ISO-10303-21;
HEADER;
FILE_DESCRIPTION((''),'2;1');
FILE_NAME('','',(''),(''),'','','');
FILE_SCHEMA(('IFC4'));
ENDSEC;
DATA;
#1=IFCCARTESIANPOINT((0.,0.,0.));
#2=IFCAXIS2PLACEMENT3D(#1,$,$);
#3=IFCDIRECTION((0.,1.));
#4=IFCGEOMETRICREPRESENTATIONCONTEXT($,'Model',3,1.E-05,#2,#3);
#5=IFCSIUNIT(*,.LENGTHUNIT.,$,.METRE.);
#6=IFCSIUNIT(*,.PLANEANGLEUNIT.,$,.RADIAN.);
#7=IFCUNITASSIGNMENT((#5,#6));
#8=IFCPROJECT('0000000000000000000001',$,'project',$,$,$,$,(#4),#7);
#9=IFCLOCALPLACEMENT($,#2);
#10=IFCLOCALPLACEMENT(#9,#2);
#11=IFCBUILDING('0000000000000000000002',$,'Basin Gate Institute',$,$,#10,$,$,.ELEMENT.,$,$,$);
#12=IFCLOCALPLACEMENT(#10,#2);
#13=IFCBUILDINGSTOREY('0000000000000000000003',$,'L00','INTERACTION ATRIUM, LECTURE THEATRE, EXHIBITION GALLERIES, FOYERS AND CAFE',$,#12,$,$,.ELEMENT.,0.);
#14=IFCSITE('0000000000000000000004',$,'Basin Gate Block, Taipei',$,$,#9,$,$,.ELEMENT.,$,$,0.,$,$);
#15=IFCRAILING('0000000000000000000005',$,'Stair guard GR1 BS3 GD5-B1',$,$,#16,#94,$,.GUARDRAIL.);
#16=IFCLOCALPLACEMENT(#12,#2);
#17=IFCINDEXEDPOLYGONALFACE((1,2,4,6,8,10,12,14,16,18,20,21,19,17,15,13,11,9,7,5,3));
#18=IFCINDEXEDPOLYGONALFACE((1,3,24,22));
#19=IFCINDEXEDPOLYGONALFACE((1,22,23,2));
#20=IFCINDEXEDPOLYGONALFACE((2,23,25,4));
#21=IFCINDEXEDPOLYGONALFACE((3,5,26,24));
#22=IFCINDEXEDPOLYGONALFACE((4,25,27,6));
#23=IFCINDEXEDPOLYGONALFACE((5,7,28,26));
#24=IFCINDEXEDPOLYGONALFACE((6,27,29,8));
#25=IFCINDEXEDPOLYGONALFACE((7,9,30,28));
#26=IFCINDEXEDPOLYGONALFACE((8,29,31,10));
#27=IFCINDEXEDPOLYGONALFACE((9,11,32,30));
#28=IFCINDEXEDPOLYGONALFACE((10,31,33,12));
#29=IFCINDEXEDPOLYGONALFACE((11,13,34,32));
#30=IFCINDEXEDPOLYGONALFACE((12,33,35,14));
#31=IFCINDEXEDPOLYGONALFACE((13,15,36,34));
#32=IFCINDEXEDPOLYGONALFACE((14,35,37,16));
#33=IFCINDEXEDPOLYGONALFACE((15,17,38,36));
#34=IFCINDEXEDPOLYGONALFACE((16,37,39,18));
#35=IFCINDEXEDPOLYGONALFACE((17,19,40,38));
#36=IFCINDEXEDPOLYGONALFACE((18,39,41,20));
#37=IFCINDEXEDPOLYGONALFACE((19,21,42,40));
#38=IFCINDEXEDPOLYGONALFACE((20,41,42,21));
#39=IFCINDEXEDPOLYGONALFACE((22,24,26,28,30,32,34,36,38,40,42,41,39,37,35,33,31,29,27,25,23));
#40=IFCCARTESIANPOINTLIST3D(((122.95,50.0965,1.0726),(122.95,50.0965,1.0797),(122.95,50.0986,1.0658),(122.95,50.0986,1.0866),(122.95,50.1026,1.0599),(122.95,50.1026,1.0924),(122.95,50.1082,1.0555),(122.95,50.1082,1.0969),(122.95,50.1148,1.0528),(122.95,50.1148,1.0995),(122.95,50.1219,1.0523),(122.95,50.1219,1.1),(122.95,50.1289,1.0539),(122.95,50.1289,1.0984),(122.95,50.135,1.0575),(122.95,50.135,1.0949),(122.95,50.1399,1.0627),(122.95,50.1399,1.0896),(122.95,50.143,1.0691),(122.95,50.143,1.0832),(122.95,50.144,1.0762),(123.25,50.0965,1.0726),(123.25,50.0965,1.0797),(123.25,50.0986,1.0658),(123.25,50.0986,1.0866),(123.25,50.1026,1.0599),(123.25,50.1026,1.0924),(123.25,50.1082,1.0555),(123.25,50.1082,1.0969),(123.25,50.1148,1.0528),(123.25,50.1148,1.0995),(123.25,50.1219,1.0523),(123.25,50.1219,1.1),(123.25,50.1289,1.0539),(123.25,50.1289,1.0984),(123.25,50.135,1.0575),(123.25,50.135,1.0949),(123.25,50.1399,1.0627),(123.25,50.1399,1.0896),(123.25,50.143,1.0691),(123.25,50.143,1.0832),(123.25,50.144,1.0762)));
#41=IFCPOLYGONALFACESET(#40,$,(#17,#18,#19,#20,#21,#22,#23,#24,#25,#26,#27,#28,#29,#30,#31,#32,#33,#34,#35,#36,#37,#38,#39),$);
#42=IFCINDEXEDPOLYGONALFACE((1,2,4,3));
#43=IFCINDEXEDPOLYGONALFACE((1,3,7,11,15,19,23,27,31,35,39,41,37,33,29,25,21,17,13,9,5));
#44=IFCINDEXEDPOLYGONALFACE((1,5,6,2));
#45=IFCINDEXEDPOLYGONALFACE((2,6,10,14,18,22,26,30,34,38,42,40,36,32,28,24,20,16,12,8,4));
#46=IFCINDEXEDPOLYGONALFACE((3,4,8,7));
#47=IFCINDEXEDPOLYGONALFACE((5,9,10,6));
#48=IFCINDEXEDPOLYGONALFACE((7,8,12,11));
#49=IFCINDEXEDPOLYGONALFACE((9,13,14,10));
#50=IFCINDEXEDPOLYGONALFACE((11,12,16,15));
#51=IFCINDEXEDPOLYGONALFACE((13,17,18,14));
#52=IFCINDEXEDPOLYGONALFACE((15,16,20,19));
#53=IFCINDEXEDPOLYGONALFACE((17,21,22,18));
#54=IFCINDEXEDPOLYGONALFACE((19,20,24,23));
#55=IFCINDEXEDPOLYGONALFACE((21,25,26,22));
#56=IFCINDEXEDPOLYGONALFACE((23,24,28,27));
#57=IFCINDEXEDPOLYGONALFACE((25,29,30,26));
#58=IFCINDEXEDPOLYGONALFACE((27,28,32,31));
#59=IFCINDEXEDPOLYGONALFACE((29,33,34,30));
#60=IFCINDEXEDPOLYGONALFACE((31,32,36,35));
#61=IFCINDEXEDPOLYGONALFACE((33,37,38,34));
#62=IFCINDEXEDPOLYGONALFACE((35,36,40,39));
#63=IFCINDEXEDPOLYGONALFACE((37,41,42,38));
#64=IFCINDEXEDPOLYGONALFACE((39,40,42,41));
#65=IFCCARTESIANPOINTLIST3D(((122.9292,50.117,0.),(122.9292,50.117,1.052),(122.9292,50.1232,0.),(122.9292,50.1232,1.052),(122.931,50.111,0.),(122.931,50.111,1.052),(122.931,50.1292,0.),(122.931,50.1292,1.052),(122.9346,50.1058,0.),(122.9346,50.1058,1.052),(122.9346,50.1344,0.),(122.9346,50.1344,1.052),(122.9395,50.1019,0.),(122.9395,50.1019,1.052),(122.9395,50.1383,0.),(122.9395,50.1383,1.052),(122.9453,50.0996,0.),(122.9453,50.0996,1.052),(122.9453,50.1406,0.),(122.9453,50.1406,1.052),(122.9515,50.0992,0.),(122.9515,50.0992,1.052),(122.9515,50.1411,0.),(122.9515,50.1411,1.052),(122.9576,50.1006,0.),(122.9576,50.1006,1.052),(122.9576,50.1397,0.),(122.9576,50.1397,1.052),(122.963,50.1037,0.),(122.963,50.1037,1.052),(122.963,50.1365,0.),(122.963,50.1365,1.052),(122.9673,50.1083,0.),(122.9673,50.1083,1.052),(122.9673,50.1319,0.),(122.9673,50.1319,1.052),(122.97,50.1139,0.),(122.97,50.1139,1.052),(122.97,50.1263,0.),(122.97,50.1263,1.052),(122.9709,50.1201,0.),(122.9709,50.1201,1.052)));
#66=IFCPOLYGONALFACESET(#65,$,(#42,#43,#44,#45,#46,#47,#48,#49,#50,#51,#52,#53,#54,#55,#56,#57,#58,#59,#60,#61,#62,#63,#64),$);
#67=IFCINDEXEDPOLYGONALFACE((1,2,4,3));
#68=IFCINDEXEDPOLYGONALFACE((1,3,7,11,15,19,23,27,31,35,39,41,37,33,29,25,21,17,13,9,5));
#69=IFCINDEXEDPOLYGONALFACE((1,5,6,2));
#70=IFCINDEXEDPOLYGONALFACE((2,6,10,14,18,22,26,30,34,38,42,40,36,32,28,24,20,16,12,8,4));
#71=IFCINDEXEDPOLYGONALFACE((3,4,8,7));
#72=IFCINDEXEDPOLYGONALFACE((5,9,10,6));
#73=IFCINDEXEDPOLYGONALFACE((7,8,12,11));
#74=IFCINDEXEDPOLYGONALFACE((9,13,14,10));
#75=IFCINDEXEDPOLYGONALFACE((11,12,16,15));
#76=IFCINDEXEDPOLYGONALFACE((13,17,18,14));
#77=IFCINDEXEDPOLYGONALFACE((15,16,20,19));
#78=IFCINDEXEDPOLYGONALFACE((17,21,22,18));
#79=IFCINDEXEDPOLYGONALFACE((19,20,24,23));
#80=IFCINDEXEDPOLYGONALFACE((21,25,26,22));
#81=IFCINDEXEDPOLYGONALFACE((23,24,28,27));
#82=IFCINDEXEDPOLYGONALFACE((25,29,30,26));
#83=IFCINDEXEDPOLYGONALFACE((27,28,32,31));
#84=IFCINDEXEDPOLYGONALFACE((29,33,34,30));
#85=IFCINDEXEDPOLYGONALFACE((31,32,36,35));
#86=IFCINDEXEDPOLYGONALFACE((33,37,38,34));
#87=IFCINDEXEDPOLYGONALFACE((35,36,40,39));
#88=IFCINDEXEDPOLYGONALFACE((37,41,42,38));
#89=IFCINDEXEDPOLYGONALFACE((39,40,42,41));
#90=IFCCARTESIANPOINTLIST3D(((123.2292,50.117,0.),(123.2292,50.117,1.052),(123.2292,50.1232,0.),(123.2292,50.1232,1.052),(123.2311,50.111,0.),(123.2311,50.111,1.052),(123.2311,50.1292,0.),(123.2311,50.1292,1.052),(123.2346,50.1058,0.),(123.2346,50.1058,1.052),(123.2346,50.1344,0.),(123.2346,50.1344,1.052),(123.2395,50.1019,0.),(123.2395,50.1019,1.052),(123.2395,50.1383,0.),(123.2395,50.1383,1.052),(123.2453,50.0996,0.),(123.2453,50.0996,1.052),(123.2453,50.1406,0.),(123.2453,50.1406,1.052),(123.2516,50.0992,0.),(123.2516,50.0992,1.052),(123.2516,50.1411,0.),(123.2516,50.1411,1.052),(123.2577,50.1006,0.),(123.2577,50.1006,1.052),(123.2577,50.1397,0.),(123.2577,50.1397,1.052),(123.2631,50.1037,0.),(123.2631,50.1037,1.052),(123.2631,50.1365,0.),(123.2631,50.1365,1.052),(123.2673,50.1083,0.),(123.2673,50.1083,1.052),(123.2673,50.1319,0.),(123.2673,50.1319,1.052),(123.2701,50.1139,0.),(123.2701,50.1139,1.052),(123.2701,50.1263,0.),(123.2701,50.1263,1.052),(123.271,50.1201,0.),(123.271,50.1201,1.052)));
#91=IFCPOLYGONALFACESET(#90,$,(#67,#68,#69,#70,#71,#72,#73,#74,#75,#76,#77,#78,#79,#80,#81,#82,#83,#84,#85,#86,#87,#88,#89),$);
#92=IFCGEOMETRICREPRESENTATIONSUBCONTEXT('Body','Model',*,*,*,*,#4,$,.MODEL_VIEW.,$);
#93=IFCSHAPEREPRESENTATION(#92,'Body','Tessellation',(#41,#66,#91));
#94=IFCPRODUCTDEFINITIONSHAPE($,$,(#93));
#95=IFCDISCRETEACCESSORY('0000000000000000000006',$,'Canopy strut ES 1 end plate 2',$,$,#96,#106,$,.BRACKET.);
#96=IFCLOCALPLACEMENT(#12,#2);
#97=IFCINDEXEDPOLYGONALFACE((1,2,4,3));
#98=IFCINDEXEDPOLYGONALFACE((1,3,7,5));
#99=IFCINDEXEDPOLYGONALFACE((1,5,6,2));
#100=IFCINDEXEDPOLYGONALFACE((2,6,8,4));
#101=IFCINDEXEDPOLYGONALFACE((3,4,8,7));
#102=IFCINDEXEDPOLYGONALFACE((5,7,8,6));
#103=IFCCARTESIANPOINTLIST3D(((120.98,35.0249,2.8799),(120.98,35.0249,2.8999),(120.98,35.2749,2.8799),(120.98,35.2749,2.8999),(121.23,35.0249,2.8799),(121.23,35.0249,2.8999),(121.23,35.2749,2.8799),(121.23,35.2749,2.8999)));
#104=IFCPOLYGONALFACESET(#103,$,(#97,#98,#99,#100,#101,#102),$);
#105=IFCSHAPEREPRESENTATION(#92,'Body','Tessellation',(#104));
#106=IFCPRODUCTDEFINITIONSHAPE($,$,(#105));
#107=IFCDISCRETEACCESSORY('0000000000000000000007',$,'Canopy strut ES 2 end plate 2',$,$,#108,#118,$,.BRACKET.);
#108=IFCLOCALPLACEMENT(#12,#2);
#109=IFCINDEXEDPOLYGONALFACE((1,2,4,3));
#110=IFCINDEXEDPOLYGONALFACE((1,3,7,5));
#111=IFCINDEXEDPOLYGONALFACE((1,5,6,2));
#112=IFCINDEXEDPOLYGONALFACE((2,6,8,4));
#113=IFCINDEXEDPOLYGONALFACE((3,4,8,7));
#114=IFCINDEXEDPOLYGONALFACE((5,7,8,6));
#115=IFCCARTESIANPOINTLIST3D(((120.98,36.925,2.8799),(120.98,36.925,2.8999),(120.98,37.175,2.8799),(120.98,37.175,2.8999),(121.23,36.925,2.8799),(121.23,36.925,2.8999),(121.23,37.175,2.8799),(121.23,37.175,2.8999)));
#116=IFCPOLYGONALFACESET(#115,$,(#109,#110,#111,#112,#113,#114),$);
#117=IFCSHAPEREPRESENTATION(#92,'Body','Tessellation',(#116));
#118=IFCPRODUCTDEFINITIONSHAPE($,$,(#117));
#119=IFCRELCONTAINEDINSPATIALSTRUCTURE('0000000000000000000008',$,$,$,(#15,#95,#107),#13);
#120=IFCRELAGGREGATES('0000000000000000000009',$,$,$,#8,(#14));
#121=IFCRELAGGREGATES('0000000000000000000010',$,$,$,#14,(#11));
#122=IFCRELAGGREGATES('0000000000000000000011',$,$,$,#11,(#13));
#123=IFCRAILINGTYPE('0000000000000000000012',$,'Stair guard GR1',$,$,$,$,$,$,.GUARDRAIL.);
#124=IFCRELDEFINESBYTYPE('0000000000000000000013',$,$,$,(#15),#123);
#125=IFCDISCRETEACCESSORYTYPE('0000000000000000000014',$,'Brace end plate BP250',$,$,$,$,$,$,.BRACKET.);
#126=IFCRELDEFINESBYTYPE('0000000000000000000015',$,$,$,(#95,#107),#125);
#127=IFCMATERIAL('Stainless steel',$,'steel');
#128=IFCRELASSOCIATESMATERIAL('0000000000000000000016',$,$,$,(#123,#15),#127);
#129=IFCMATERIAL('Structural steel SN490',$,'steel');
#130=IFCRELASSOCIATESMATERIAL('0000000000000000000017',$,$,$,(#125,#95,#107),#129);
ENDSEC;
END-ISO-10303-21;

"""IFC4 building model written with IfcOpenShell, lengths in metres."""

from ifc_helpers import new_model, si_unit, direction, frame, origin, origin_2d, place, context, subcontext, project, spatial, rectangle, circle, extrude, material, type_object, element, save


model = new_model("IFC4")

# Units and contexts
model_context = context("Model", 3, precision=1e-05, world=origin(), true_north=direction((0.0, 1.0)))
body_context = subcontext(model_context, "Body", "Model", "MODEL_VIEW")
ifc_project = project(units=[si_unit("LENGTHUNIT", "METRE"), si_unit("PLANEANGLEUNIT", "RADIAN")], contexts=[model_context])

# Site, building, storey
site_placement = place(None, origin())
site = spatial("IfcSite", under=ifc_project, at=site_placement, Name="Basin Gate Block, Taipei", CompositionType="ELEMENT", RefElevation=0.0)
building_placement = place(site_placement, origin())
building = spatial("IfcBuilding", under=site, at=building_placement, Name="Basin Gate Institute", CompositionType="ELEMENT")
storey_placement = place(building_placement, origin())
storey = spatial("IfcBuildingStorey", under=building, at=storey_placement, Name="L00", Description="INTERACTION ATRIUM, LECTURE THEATRE, EXHIBITION GALLERIES, FOYERS AND CAFE", CompositionType="ELEMENT", Elevation=0.0)

# Railing
ifc_material_1 = material(Name="Stainless steel", Category="steel")
railing_type = type_object("IfcRailingType", Name="Stair guard GR1", PredefinedType="GUARDRAIL", material=ifc_material_1)
railing_1_placement = place(storey_placement, frame((122.95, 50.1201, 0.0)))
element("IfcRailing", 1, at=railing_1_placement, inside=storey, type_object=railing_type, material=ifc_material_1, Name="Stair guard GR1 BS3 GD5-B1", PredefinedType="GUARDRAIL", context=body_context, shape_type="SweptSolid", body=[
    extrude(circle(Radius=0.0239, at=origin_2d()), frame((0.0, 0.0, 1.0762), z_axis=(1.0, 0.0, 0.0), x_axis=(0.0, 1.0, 0.0)), (0.0, 0.0, 1.0), 0.3),
    extrude(circle(Radius=0.021, at=origin_2d()), origin(), (0.0, 0.0, 1.0), 1.052),
    extrude(circle(Radius=0.021, at=origin_2d()), frame((0.3, 0.0, 0.0)), (0.0, 0.0, 1.0), 1.052),
])

# Discrete accessories
ifc_material_2 = material(Name="Structural steel SN490", Category="steel")
discrete_accessory_type = type_object("IfcDiscreteAccessoryType", Name="Brace end plate BP250", PredefinedType="BRACKET", material=ifc_material_2)
for number, where, z_axis, x_axis, name in (
    (2, (121.105, 35.1499, 2.8799), (0.0, 0.0, 1.0), (1.0, 0.0, 0.0), "Canopy strut ES 1 end plate 2"),
    (3, (121.105, 37.05, 2.8799), (0.0, 0.0, 1.0), (1.0, 0.0, 0.0), "Canopy strut ES 2 end plate 2"),
):
    element("IfcDiscreteAccessory", number, at=place(storey_placement, frame(where, z_axis=z_axis, x_axis=x_axis)), inside=storey, type_object=discrete_accessory_type, material=ifc_material_2, Name=name, PredefinedType="BRACKET", context=body_context, shape_type="SweptSolid", body=[
        extrude(rectangle(XDim=0.25, YDim=0.25, at=origin_2d()), origin(), (0.0, 0.0, 1.0), 0.02),
    ])

save(model, "model.ifc")
